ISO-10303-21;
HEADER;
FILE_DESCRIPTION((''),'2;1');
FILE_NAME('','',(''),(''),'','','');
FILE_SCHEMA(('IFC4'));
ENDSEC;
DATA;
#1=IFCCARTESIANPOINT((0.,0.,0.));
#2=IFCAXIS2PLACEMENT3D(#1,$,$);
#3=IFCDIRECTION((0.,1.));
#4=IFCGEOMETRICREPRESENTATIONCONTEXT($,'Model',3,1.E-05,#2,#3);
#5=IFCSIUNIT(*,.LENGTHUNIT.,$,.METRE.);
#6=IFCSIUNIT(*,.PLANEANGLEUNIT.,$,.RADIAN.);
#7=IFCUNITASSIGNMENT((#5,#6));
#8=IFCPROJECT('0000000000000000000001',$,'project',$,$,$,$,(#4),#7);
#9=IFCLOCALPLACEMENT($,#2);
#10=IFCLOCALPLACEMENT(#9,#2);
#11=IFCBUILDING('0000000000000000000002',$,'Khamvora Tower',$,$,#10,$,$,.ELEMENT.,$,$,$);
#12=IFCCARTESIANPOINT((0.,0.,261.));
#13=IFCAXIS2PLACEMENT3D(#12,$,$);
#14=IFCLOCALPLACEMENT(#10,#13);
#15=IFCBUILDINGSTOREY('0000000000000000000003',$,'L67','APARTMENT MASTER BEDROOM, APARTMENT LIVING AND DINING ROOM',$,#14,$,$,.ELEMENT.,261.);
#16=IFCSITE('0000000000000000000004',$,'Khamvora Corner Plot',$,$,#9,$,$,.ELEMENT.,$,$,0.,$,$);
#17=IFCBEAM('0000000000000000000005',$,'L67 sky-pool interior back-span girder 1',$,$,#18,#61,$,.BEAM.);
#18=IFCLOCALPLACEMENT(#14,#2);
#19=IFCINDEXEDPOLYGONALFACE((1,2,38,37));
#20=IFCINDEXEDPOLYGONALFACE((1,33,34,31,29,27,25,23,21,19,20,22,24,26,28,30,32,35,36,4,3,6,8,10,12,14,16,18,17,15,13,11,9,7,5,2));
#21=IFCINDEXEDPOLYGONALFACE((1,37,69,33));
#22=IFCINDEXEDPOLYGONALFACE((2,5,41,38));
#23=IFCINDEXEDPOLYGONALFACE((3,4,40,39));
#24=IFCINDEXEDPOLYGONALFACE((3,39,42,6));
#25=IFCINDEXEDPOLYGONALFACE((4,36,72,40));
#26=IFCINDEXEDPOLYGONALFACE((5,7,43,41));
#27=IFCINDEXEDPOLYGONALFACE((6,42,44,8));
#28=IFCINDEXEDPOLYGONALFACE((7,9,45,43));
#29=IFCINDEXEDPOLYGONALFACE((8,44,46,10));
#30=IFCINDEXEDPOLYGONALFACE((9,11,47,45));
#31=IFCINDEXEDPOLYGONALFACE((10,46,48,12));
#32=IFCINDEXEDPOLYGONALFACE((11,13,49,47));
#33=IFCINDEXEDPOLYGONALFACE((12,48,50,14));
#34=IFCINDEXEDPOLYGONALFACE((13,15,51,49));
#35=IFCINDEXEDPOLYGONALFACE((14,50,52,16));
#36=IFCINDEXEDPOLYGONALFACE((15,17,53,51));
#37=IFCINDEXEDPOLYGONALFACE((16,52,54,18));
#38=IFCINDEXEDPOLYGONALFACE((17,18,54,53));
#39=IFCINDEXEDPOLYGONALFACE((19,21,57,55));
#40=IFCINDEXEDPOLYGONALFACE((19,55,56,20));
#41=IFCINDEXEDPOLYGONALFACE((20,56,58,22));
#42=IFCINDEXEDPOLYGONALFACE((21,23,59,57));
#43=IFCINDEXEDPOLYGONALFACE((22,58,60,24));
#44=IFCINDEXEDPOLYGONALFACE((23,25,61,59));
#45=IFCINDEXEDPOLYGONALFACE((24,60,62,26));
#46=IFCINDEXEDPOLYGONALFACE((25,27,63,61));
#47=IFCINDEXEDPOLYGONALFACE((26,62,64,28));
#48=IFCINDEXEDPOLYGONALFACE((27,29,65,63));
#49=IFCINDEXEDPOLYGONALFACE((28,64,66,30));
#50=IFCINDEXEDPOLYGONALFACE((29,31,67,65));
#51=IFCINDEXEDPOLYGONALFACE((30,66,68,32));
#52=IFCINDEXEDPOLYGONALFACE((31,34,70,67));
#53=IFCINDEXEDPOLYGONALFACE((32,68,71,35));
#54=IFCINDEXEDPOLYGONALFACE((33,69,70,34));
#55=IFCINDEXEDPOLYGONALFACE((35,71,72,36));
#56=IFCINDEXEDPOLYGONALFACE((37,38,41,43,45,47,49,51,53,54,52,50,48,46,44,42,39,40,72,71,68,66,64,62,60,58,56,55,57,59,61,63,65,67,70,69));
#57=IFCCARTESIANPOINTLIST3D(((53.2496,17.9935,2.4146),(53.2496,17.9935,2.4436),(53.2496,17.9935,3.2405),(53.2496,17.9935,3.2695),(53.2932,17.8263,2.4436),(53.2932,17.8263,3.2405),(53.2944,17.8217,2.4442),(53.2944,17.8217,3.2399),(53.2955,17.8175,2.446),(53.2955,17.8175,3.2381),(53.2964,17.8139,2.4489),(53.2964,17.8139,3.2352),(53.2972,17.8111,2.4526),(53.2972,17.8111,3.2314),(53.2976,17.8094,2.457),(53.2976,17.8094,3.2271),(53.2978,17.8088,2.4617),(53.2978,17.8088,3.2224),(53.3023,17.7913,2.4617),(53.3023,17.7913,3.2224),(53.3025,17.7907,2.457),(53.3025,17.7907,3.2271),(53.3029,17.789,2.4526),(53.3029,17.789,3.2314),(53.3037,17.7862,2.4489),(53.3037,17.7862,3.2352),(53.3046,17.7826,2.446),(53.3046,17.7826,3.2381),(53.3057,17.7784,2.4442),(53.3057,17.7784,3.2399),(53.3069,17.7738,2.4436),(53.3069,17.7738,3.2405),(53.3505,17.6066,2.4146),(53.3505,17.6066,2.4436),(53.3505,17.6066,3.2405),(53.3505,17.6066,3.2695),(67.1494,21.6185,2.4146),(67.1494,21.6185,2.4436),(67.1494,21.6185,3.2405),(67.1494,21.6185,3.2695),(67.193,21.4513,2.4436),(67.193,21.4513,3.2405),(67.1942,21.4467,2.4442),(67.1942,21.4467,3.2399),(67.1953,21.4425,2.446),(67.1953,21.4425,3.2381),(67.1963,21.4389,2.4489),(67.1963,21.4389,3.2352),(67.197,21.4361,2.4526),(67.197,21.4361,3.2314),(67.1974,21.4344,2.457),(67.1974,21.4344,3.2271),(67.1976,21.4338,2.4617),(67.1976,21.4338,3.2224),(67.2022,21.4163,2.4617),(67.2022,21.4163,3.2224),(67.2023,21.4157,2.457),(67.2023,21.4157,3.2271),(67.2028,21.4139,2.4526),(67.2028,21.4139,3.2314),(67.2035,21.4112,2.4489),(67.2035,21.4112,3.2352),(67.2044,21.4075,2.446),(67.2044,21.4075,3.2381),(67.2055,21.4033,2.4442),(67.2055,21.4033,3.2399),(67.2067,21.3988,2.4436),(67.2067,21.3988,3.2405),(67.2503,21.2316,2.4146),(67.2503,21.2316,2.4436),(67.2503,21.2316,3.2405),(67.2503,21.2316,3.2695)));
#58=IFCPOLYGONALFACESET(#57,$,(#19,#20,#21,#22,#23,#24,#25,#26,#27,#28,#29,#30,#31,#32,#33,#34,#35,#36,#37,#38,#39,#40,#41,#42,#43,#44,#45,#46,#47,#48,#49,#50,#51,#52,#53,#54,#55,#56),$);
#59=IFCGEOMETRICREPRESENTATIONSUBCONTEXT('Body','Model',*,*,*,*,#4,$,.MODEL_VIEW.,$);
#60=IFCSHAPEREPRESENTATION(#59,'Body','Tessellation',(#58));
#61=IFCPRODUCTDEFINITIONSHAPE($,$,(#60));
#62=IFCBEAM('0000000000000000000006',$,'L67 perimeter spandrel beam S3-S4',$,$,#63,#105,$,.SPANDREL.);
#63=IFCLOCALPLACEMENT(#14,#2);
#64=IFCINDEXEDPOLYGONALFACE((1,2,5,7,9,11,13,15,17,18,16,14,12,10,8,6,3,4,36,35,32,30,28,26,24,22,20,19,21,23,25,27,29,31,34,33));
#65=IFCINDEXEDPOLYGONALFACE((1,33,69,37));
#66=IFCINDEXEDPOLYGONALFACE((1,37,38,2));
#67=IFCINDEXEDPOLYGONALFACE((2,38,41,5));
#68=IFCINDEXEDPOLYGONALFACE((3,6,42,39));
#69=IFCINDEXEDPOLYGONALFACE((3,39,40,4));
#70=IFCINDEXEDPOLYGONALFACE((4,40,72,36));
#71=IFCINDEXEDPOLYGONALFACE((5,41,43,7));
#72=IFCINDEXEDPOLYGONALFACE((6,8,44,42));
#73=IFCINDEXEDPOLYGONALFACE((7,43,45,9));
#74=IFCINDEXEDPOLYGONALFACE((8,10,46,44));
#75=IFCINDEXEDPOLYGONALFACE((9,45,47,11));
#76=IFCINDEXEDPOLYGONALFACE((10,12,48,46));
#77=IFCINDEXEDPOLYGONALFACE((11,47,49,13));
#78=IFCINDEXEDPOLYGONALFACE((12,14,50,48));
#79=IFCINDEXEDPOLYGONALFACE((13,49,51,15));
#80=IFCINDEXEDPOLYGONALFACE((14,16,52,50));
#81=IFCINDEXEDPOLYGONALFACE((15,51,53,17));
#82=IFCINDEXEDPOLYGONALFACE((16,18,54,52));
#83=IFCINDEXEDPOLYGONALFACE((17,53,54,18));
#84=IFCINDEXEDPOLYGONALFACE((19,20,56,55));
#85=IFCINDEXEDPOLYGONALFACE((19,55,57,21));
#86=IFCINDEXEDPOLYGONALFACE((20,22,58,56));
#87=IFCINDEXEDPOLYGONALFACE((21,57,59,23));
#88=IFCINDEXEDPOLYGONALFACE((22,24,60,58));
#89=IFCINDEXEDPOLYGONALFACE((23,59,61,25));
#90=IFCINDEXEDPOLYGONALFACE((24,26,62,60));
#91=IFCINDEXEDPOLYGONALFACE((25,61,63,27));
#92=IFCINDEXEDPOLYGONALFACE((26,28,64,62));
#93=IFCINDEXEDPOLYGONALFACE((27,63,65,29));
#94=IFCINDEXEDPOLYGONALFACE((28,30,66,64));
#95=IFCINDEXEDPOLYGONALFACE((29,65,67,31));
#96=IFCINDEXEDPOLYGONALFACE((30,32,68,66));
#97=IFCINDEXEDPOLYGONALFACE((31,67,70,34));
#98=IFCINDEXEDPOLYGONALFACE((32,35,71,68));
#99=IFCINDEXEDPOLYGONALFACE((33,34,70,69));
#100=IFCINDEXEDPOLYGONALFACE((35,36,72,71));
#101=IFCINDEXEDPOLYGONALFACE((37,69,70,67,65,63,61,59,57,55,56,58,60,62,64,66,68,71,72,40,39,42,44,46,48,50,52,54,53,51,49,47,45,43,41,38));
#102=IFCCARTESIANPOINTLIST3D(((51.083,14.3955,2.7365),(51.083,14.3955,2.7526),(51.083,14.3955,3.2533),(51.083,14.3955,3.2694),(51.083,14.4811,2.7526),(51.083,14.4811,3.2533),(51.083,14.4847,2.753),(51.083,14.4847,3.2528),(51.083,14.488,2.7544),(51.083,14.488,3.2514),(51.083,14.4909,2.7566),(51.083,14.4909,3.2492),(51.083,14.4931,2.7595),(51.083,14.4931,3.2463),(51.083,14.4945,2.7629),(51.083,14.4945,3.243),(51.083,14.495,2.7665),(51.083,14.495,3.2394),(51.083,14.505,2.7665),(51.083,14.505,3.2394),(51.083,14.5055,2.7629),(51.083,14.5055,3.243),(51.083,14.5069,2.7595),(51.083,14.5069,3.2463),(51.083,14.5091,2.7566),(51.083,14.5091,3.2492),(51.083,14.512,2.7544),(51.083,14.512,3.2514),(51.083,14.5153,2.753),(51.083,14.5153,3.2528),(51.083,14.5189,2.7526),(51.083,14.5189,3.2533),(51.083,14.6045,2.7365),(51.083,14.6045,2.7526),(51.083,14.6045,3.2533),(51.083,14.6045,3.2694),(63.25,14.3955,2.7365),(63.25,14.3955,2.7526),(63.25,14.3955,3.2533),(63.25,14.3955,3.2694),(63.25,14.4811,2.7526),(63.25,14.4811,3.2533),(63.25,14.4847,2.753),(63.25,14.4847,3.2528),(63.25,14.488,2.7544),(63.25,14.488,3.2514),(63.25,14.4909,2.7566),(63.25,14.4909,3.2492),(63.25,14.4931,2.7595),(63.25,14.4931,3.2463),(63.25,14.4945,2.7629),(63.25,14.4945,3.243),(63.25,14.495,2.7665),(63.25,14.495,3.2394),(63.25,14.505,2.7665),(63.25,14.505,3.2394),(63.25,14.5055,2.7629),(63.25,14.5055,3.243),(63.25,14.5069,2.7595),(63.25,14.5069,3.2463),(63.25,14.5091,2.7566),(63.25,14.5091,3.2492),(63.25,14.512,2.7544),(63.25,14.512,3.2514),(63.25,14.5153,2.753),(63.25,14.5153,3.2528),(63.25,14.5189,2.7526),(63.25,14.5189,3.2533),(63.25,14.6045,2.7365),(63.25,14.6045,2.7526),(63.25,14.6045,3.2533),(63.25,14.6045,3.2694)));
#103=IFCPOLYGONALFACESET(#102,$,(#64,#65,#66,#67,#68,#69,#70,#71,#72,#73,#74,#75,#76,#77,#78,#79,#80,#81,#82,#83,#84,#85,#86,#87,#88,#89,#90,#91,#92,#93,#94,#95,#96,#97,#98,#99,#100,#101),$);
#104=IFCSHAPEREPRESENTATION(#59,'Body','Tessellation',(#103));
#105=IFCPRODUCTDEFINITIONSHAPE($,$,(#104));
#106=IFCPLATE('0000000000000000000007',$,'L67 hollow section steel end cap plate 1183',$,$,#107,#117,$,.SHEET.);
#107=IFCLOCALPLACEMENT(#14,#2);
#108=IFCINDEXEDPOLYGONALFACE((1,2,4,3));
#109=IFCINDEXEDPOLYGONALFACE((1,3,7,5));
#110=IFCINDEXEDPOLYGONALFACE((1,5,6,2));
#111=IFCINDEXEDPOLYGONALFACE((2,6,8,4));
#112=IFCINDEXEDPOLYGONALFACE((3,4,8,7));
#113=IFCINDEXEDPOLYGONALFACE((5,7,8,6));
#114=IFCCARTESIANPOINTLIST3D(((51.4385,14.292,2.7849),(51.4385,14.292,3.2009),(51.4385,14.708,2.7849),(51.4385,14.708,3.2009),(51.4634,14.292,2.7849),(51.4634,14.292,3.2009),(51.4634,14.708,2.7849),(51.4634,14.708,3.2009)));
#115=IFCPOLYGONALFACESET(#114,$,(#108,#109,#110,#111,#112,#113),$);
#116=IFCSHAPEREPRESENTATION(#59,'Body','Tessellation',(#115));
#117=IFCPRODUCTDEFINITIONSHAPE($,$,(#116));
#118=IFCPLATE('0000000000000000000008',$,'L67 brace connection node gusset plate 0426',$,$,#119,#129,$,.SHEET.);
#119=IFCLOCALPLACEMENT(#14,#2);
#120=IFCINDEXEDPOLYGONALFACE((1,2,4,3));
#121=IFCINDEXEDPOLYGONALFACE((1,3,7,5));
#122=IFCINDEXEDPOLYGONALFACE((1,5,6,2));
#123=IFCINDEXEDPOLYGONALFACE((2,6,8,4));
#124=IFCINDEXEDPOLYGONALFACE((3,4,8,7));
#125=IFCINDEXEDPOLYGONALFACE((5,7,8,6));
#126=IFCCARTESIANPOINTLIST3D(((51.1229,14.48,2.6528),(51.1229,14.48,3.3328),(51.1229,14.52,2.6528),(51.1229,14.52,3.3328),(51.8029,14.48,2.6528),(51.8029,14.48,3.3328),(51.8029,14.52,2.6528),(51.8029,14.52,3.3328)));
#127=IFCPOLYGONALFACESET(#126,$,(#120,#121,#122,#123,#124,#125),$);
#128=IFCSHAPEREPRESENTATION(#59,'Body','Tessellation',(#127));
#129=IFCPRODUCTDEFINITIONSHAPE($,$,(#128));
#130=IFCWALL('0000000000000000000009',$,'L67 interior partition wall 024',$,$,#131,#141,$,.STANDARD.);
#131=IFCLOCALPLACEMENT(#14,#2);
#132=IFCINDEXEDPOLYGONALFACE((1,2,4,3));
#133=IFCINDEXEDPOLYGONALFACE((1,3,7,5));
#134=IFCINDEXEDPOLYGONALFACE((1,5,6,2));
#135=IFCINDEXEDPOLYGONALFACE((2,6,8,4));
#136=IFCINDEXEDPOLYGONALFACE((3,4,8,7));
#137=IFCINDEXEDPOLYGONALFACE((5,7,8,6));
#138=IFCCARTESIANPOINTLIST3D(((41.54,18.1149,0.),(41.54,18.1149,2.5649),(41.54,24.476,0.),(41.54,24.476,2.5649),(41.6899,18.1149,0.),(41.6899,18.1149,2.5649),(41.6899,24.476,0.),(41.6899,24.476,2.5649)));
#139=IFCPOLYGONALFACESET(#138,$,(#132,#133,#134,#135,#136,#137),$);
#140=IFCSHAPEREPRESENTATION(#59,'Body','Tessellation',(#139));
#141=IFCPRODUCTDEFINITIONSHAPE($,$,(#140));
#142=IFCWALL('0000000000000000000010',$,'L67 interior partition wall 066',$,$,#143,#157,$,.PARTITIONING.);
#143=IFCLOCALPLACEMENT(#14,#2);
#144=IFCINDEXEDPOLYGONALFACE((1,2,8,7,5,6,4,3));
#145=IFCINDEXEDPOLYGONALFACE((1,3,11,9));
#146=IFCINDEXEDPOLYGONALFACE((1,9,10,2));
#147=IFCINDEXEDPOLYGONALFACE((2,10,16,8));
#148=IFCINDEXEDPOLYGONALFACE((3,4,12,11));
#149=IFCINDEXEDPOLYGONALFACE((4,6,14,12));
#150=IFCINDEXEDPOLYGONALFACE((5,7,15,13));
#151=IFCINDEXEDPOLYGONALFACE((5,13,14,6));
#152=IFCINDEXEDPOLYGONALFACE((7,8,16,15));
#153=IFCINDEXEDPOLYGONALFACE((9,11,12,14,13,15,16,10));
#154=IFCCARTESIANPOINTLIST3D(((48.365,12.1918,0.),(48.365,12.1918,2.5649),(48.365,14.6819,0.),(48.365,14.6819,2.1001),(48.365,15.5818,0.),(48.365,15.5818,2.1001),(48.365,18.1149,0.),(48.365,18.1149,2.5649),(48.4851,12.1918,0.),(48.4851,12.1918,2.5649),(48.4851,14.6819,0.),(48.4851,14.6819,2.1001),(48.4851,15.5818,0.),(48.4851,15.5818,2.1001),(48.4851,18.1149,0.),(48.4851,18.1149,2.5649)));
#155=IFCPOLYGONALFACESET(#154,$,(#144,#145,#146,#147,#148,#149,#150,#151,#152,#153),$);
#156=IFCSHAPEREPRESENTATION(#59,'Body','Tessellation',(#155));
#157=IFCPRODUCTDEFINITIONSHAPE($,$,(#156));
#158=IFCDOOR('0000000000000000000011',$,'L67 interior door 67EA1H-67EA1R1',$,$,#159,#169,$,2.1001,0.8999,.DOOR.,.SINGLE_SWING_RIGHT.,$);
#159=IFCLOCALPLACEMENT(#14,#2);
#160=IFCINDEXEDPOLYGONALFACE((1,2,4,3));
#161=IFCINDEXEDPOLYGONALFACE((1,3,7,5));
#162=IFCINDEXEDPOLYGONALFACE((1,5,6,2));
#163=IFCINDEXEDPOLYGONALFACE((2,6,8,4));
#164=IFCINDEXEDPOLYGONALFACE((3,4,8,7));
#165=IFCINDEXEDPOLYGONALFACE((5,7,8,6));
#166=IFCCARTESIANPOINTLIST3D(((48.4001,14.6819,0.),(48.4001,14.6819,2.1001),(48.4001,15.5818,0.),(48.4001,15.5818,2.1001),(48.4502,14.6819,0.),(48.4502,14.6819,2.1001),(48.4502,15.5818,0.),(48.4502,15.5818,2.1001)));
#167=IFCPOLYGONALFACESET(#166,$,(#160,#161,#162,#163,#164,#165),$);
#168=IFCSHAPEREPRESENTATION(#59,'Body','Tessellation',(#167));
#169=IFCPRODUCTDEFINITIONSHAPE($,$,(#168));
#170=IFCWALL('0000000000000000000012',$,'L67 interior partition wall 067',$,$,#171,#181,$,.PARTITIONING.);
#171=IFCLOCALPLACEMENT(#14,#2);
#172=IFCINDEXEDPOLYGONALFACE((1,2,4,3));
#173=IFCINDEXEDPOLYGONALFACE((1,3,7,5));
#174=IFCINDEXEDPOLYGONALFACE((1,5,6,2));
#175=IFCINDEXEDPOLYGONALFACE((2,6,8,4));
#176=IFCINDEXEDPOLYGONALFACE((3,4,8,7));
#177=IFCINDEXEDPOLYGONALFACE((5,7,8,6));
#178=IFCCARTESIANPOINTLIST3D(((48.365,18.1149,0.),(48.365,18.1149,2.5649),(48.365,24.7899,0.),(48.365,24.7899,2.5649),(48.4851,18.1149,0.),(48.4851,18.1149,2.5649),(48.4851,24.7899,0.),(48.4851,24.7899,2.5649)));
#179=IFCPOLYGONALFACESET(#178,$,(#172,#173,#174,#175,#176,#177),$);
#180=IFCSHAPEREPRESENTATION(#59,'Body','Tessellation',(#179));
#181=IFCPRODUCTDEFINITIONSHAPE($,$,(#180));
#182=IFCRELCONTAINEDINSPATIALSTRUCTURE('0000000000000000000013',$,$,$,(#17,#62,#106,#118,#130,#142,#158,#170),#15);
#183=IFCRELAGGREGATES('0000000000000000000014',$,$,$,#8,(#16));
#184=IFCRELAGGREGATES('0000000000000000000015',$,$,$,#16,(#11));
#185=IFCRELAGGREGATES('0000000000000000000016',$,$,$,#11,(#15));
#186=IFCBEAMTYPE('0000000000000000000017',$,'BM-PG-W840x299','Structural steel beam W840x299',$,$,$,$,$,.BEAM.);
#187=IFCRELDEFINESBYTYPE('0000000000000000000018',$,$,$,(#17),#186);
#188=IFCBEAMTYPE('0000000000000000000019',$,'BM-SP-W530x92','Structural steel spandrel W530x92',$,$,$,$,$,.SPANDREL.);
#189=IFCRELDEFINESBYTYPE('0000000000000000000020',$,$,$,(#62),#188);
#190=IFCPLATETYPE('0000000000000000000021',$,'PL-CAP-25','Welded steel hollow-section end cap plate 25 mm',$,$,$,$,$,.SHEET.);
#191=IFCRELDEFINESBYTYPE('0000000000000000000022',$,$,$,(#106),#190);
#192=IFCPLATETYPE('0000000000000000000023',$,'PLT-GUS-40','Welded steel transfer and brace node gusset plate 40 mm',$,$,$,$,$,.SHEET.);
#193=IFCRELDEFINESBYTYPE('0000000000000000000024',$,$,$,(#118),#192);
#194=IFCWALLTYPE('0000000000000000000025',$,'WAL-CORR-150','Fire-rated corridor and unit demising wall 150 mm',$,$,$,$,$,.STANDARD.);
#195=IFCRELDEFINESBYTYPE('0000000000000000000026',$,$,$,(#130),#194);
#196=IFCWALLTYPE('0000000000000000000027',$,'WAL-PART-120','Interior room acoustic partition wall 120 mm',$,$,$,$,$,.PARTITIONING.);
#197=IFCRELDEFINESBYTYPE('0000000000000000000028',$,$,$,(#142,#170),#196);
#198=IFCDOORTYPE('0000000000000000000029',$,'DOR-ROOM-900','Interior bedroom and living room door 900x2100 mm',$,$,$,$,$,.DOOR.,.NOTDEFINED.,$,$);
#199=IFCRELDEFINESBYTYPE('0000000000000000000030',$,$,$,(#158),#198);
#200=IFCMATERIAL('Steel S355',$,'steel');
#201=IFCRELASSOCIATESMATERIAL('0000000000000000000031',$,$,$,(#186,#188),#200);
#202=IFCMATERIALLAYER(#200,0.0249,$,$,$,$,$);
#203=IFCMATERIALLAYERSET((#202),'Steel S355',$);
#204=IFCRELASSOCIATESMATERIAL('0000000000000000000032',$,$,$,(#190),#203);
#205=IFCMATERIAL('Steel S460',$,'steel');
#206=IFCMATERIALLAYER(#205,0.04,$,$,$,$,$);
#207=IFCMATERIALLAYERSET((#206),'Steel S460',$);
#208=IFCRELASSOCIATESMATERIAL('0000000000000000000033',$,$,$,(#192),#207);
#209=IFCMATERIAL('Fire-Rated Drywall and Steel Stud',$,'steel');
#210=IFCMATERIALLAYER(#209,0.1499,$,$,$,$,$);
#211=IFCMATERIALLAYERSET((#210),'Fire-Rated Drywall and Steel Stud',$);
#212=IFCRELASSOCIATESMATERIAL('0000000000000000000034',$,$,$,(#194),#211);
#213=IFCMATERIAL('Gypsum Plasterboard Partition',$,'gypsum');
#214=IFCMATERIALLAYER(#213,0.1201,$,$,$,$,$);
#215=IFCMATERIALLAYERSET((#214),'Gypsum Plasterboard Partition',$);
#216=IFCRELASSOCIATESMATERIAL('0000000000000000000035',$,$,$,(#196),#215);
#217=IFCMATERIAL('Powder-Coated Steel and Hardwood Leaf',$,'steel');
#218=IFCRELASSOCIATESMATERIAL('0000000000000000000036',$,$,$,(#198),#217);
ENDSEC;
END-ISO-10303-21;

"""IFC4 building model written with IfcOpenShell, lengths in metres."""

from ifc_helpers import new_model, si_unit, direction, frame, frame_2d, origin, origin_2d, place, context, subcontext, project, spatial, rectangle, i_section, extrude, material, layer, layer_set, material_profile, profile_set, type_object, element, fill, save


model = new_model("IFC4")

# Units and contexts
model_context = context("Model", 3, precision=1e-05, world=origin(), true_north=direction((0.0, 1.0)))
body_context = subcontext(model_context, "Body", "Model", "MODEL_VIEW")
ifc_project = project(units=[si_unit("LENGTHUNIT", "METRE"), si_unit("PLANEANGLEUNIT", "RADIAN")], contexts=[model_context])

# Site, building, storey
site_placement = place(None, origin())
site = spatial("IfcSite", under=ifc_project, at=site_placement, Name="Khamvora Corner Plot", CompositionType="ELEMENT", RefElevation=0.0)
building_placement = place(site_placement, origin())
building = spatial("IfcBuilding", under=site, at=building_placement, Name="Khamvora Tower", CompositionType="ELEMENT")
storey_placement = place(building_placement, frame((0.0, 0.0, 261.0)))
storey = spatial("IfcBuildingStorey", under=building, at=storey_placement, Name="L67", Description="APARTMENT MASTER BEDROOM, APARTMENT LIVING AND DINING ROOM", CompositionType="ELEMENT", Elevation=261.0)

# Shared definitions
ifc_material_1 = material(Name="Steel S355", Category="steel")

# Beams
ifc_material_profile_1 = material_profile(ifc_material_1, i_section(OverallWidth=0.3999, OverallDepth=0.855, WebThickness=0.0181, FlangeThickness=0.0291, FilletRadius=0.0181, at=origin_2d()), Name="W840x299")
ifc_profile_set_1 = profile_set([ifc_material_profile_1], Name="Steel S355")
beam_type_1 = type_object("IfcBeamType", Name="BM-PG-W840x299", Description="Structural steel beam W840x299", PredefinedType="BEAM", material=ifc_profile_set_1)
beam_1_placement = place(storey_placement, frame((53.3, 17.8, 2.842), z_axis=(0.967635, 0.252353, 0.0), x_axis=(-0.252353, 0.967635, 0.0)))
element("IfcBeam", 1, at=beam_1_placement, inside=storey, type_object=beam_type_1, Name="L67 sky-pool interior back-span girder 1", PredefinedType="BEAM", context=body_context, shape_type="SweptSolid", body=[
    extrude(i_section(OverallWidth=0.3999, OverallDepth=0.855, WebThickness=0.0181, FlangeThickness=0.0291, FilletRadius=0.0181, at=origin_2d()), origin(), (0.0, 0.0, 1.0), 14.3647),
])
ifc_material_profile_2 = material_profile(ifc_material_1, i_section(OverallWidth=0.209, OverallDepth=0.533, WebThickness=0.01, FlangeThickness=0.0161, FilletRadius=0.0139, at=origin_2d()), Name="W530x92")
ifc_profile_set_2 = profile_set([ifc_material_profile_2], Name="Steel S355")
beam_type_2 = type_object("IfcBeamType", Name="BM-SP-W530x92", Description="Structural steel spandrel W530x92", PredefinedType="SPANDREL", material=ifc_profile_set_2)
beam_2_placement = place(storey_placement, frame((51.083, 14.5, 3.0029), z_axis=(1.0, 0.0, 0.0), x_axis=(0.0, 1.0, 0.0)))
element("IfcBeam", 2, at=beam_2_placement, inside=storey, type_object=beam_type_2, Name="L67 perimeter spandrel beam S3-S4", PredefinedType="SPANDREL", context=body_context, shape_type="SweptSolid", body=[
    extrude(i_section(OverallWidth=0.209, OverallDepth=0.533, WebThickness=0.01, FlangeThickness=0.0161, FilletRadius=0.0139, at=origin_2d()), origin(), (0.0, 0.0, 1.0), 12.167),
])

# Plates
ifc_layer_1 = layer(ifc_material_1, 0.0249)
ifc_layer_set_1 = layer_set([ifc_layer_1], Name="Steel S355")
plate_type_1 = type_object("IfcPlateType", Name="PL-CAP-25", Description="Welded steel hollow-section end cap plate 25 mm", PredefinedType="SHEET", material=ifc_layer_set_1)
plate_1_placement = place(storey_placement, frame((51.4509, 14.5, 2.7849), z_axis=(0.0, 0.0, 1.0), x_axis=(-1.0, 0.0, 0.0)))
element("IfcPlate", 3, at=plate_1_placement, inside=storey, type_object=plate_type_1, Name="L67 hollow section steel end cap plate 1183", PredefinedType="SHEET", context=body_context, shape_type="SweptSolid", body=[
    extrude(rectangle(XDim=0.0249, YDim=0.416, at=origin_2d()), origin(), (0.0, 0.0, 1.0), 0.416),
])
ifc_material_2 = material(Name="Steel S460", Category="steel")
ifc_layer_2 = layer(ifc_material_2, 0.04)
ifc_layer_set_2 = layer_set([ifc_layer_2], Name="Steel S460")
plate_type_2 = type_object("IfcPlateType", Name="PLT-GUS-40", Description="Welded steel transfer and brace node gusset plate 40 mm", PredefinedType="SHEET", material=ifc_layer_set_2)
plate_2_placement = place(storey_placement, frame((51.4629, 14.5, 2.6528), z_axis=(0.0, 0.0, 1.0), x_axis=(1.0, 0.0, 0.0)))
element("IfcPlate", 4, at=plate_2_placement, inside=storey, type_object=plate_type_2, Name="L67 brace connection node gusset plate 0426", PredefinedType="SHEET", context=body_context, shape_type="SweptSolid", body=[
    extrude(rectangle(XDim=0.6799, YDim=0.04, at=origin_2d()), origin(), (0.0, 0.0, 1.0), 0.6799),
])

# Wall
ifc_material_3 = material(Name="Fire-Rated Drywall and Steel Stud", Category="steel")
ifc_layer_3 = layer(ifc_material_3, 0.1499)
ifc_layer_set_3 = layer_set([ifc_layer_3], Name="Fire-Rated Drywall and Steel Stud")
wall_type_1 = type_object("IfcWallType", Name="WAL-CORR-150", Description="Fire-rated corridor and unit demising wall 150 mm", PredefinedType="STANDARD", material=ifc_layer_set_3)
wall_1_placement = place(storey_placement, frame((41.615, 24.4761, 0.0), z_axis=(0.0, 0.0, 1.0), x_axis=(0.0, -1.0, 0.0)))
element("IfcWall", 5, at=wall_1_placement, inside=storey, type_object=wall_type_1, Name="L67 interior partition wall 024", PredefinedType="STANDARD", context=body_context, shape_type="SweptSolid", body=[
    extrude(rectangle(XDim=6.3611, YDim=0.1499, at=frame_2d((3.1807, 0.0))), origin(), (0.0, 0.0, 1.0), 2.5649),
])

# Wall, opening, door
ifc_material_4 = material(Name="Gypsum Plasterboard Partition", Category="gypsum")
ifc_layer_4 = layer(ifc_material_4, 0.1201)
ifc_layer_set_4 = layer_set([ifc_layer_4], Name="Gypsum Plasterboard Partition")
wall_type_2 = type_object("IfcWallType", Name="WAL-PART-120", Description="Interior room acoustic partition wall 120 mm", PredefinedType="PARTITIONING", material=ifc_layer_set_4)
wall_2_placement = place(storey_placement, frame((48.425, 12.1919, 0.0), z_axis=(0.0, 0.0, 1.0), x_axis=(0.0, 1.0, 0.0)))
wall_2 = element("IfcWall", 6, at=wall_2_placement, inside=storey, type_object=wall_type_2, Name="L67 interior partition wall 066", PredefinedType="PARTITIONING", context=body_context, shape_type="SweptSolid", body=[
    extrude(rectangle(XDim=5.9231, YDim=0.1201, at=frame_2d((2.9614, 0.0))), origin(), (0.0, 0.0, 1.0), 2.5649),
])
opening_1_placement = place(wall_2_placement, frame((2.49, 0.0, 0.0)))
opening_1 = element("IfcOpeningElement", 7, at=opening_1_placement, cuts=wall_2, PredefinedType="OPENING", context=body_context, shape_type="SweptSolid", body=[
    extrude(rectangle(XDim=0.8999, YDim=2.1001, at=frame_2d((0.45, 1.05))), frame((0.0, 0.0701, 0.0), z_axis=(0.0, -1.0, 0.0), x_axis=(1.0, 0.0, 0.0)), (0.0, 0.0, 1.0), 0.1401),
])
ifc_material_5 = material(Name="Powder-Coated Steel and Hardwood Leaf", Category="steel")
door_type_1 = type_object("IfcDoorType", Name="DOR-ROOM-900", Description="Interior bedroom and living room door 900x2100 mm", OperationType="NOTDEFINED", PredefinedType="DOOR", material=ifc_material_5)
door_1_placement = place(opening_1_placement, origin())
door_1 = element("IfcDoor", 8, at=door_1_placement, inside=storey, type_object=door_type_1, Name="L67 interior door 67EA1H-67EA1R1", OperationType="SINGLE_SWING_RIGHT", OverallHeight=2.1001, OverallWidth=0.8999, PredefinedType="DOOR", context=body_context, shape_type="SweptSolid", body=[
    extrude(rectangle(XDim=0.8999, YDim=2.1001, at=frame_2d((0.45, 1.05))), frame((0.0, 0.0249, 0.0), z_axis=(0.0, -1.0, 0.0), x_axis=(1.0, 0.0, 0.0)), (0.0, 0.0, 1.0), 0.05),
])
fill(opening_1, door_1)

# Wall
wall_3_placement = place(storey_placement, frame((48.425, 18.115, 0.0), z_axis=(0.0, 0.0, 1.0), x_axis=(0.0, 1.0, 0.0)))
element("IfcWall", 9, at=wall_3_placement, inside=storey, type_object=wall_type_2, Name="L67 interior partition wall 067", PredefinedType="PARTITIONING", context=body_context, shape_type="SweptSolid", body=[
    extrude(rectangle(XDim=6.675, YDim=0.1201, at=frame_2d((3.3374, 0.0))), origin(), (0.0, 0.0, 1.0), 2.5649),
])

save(model, "model.ifc")
